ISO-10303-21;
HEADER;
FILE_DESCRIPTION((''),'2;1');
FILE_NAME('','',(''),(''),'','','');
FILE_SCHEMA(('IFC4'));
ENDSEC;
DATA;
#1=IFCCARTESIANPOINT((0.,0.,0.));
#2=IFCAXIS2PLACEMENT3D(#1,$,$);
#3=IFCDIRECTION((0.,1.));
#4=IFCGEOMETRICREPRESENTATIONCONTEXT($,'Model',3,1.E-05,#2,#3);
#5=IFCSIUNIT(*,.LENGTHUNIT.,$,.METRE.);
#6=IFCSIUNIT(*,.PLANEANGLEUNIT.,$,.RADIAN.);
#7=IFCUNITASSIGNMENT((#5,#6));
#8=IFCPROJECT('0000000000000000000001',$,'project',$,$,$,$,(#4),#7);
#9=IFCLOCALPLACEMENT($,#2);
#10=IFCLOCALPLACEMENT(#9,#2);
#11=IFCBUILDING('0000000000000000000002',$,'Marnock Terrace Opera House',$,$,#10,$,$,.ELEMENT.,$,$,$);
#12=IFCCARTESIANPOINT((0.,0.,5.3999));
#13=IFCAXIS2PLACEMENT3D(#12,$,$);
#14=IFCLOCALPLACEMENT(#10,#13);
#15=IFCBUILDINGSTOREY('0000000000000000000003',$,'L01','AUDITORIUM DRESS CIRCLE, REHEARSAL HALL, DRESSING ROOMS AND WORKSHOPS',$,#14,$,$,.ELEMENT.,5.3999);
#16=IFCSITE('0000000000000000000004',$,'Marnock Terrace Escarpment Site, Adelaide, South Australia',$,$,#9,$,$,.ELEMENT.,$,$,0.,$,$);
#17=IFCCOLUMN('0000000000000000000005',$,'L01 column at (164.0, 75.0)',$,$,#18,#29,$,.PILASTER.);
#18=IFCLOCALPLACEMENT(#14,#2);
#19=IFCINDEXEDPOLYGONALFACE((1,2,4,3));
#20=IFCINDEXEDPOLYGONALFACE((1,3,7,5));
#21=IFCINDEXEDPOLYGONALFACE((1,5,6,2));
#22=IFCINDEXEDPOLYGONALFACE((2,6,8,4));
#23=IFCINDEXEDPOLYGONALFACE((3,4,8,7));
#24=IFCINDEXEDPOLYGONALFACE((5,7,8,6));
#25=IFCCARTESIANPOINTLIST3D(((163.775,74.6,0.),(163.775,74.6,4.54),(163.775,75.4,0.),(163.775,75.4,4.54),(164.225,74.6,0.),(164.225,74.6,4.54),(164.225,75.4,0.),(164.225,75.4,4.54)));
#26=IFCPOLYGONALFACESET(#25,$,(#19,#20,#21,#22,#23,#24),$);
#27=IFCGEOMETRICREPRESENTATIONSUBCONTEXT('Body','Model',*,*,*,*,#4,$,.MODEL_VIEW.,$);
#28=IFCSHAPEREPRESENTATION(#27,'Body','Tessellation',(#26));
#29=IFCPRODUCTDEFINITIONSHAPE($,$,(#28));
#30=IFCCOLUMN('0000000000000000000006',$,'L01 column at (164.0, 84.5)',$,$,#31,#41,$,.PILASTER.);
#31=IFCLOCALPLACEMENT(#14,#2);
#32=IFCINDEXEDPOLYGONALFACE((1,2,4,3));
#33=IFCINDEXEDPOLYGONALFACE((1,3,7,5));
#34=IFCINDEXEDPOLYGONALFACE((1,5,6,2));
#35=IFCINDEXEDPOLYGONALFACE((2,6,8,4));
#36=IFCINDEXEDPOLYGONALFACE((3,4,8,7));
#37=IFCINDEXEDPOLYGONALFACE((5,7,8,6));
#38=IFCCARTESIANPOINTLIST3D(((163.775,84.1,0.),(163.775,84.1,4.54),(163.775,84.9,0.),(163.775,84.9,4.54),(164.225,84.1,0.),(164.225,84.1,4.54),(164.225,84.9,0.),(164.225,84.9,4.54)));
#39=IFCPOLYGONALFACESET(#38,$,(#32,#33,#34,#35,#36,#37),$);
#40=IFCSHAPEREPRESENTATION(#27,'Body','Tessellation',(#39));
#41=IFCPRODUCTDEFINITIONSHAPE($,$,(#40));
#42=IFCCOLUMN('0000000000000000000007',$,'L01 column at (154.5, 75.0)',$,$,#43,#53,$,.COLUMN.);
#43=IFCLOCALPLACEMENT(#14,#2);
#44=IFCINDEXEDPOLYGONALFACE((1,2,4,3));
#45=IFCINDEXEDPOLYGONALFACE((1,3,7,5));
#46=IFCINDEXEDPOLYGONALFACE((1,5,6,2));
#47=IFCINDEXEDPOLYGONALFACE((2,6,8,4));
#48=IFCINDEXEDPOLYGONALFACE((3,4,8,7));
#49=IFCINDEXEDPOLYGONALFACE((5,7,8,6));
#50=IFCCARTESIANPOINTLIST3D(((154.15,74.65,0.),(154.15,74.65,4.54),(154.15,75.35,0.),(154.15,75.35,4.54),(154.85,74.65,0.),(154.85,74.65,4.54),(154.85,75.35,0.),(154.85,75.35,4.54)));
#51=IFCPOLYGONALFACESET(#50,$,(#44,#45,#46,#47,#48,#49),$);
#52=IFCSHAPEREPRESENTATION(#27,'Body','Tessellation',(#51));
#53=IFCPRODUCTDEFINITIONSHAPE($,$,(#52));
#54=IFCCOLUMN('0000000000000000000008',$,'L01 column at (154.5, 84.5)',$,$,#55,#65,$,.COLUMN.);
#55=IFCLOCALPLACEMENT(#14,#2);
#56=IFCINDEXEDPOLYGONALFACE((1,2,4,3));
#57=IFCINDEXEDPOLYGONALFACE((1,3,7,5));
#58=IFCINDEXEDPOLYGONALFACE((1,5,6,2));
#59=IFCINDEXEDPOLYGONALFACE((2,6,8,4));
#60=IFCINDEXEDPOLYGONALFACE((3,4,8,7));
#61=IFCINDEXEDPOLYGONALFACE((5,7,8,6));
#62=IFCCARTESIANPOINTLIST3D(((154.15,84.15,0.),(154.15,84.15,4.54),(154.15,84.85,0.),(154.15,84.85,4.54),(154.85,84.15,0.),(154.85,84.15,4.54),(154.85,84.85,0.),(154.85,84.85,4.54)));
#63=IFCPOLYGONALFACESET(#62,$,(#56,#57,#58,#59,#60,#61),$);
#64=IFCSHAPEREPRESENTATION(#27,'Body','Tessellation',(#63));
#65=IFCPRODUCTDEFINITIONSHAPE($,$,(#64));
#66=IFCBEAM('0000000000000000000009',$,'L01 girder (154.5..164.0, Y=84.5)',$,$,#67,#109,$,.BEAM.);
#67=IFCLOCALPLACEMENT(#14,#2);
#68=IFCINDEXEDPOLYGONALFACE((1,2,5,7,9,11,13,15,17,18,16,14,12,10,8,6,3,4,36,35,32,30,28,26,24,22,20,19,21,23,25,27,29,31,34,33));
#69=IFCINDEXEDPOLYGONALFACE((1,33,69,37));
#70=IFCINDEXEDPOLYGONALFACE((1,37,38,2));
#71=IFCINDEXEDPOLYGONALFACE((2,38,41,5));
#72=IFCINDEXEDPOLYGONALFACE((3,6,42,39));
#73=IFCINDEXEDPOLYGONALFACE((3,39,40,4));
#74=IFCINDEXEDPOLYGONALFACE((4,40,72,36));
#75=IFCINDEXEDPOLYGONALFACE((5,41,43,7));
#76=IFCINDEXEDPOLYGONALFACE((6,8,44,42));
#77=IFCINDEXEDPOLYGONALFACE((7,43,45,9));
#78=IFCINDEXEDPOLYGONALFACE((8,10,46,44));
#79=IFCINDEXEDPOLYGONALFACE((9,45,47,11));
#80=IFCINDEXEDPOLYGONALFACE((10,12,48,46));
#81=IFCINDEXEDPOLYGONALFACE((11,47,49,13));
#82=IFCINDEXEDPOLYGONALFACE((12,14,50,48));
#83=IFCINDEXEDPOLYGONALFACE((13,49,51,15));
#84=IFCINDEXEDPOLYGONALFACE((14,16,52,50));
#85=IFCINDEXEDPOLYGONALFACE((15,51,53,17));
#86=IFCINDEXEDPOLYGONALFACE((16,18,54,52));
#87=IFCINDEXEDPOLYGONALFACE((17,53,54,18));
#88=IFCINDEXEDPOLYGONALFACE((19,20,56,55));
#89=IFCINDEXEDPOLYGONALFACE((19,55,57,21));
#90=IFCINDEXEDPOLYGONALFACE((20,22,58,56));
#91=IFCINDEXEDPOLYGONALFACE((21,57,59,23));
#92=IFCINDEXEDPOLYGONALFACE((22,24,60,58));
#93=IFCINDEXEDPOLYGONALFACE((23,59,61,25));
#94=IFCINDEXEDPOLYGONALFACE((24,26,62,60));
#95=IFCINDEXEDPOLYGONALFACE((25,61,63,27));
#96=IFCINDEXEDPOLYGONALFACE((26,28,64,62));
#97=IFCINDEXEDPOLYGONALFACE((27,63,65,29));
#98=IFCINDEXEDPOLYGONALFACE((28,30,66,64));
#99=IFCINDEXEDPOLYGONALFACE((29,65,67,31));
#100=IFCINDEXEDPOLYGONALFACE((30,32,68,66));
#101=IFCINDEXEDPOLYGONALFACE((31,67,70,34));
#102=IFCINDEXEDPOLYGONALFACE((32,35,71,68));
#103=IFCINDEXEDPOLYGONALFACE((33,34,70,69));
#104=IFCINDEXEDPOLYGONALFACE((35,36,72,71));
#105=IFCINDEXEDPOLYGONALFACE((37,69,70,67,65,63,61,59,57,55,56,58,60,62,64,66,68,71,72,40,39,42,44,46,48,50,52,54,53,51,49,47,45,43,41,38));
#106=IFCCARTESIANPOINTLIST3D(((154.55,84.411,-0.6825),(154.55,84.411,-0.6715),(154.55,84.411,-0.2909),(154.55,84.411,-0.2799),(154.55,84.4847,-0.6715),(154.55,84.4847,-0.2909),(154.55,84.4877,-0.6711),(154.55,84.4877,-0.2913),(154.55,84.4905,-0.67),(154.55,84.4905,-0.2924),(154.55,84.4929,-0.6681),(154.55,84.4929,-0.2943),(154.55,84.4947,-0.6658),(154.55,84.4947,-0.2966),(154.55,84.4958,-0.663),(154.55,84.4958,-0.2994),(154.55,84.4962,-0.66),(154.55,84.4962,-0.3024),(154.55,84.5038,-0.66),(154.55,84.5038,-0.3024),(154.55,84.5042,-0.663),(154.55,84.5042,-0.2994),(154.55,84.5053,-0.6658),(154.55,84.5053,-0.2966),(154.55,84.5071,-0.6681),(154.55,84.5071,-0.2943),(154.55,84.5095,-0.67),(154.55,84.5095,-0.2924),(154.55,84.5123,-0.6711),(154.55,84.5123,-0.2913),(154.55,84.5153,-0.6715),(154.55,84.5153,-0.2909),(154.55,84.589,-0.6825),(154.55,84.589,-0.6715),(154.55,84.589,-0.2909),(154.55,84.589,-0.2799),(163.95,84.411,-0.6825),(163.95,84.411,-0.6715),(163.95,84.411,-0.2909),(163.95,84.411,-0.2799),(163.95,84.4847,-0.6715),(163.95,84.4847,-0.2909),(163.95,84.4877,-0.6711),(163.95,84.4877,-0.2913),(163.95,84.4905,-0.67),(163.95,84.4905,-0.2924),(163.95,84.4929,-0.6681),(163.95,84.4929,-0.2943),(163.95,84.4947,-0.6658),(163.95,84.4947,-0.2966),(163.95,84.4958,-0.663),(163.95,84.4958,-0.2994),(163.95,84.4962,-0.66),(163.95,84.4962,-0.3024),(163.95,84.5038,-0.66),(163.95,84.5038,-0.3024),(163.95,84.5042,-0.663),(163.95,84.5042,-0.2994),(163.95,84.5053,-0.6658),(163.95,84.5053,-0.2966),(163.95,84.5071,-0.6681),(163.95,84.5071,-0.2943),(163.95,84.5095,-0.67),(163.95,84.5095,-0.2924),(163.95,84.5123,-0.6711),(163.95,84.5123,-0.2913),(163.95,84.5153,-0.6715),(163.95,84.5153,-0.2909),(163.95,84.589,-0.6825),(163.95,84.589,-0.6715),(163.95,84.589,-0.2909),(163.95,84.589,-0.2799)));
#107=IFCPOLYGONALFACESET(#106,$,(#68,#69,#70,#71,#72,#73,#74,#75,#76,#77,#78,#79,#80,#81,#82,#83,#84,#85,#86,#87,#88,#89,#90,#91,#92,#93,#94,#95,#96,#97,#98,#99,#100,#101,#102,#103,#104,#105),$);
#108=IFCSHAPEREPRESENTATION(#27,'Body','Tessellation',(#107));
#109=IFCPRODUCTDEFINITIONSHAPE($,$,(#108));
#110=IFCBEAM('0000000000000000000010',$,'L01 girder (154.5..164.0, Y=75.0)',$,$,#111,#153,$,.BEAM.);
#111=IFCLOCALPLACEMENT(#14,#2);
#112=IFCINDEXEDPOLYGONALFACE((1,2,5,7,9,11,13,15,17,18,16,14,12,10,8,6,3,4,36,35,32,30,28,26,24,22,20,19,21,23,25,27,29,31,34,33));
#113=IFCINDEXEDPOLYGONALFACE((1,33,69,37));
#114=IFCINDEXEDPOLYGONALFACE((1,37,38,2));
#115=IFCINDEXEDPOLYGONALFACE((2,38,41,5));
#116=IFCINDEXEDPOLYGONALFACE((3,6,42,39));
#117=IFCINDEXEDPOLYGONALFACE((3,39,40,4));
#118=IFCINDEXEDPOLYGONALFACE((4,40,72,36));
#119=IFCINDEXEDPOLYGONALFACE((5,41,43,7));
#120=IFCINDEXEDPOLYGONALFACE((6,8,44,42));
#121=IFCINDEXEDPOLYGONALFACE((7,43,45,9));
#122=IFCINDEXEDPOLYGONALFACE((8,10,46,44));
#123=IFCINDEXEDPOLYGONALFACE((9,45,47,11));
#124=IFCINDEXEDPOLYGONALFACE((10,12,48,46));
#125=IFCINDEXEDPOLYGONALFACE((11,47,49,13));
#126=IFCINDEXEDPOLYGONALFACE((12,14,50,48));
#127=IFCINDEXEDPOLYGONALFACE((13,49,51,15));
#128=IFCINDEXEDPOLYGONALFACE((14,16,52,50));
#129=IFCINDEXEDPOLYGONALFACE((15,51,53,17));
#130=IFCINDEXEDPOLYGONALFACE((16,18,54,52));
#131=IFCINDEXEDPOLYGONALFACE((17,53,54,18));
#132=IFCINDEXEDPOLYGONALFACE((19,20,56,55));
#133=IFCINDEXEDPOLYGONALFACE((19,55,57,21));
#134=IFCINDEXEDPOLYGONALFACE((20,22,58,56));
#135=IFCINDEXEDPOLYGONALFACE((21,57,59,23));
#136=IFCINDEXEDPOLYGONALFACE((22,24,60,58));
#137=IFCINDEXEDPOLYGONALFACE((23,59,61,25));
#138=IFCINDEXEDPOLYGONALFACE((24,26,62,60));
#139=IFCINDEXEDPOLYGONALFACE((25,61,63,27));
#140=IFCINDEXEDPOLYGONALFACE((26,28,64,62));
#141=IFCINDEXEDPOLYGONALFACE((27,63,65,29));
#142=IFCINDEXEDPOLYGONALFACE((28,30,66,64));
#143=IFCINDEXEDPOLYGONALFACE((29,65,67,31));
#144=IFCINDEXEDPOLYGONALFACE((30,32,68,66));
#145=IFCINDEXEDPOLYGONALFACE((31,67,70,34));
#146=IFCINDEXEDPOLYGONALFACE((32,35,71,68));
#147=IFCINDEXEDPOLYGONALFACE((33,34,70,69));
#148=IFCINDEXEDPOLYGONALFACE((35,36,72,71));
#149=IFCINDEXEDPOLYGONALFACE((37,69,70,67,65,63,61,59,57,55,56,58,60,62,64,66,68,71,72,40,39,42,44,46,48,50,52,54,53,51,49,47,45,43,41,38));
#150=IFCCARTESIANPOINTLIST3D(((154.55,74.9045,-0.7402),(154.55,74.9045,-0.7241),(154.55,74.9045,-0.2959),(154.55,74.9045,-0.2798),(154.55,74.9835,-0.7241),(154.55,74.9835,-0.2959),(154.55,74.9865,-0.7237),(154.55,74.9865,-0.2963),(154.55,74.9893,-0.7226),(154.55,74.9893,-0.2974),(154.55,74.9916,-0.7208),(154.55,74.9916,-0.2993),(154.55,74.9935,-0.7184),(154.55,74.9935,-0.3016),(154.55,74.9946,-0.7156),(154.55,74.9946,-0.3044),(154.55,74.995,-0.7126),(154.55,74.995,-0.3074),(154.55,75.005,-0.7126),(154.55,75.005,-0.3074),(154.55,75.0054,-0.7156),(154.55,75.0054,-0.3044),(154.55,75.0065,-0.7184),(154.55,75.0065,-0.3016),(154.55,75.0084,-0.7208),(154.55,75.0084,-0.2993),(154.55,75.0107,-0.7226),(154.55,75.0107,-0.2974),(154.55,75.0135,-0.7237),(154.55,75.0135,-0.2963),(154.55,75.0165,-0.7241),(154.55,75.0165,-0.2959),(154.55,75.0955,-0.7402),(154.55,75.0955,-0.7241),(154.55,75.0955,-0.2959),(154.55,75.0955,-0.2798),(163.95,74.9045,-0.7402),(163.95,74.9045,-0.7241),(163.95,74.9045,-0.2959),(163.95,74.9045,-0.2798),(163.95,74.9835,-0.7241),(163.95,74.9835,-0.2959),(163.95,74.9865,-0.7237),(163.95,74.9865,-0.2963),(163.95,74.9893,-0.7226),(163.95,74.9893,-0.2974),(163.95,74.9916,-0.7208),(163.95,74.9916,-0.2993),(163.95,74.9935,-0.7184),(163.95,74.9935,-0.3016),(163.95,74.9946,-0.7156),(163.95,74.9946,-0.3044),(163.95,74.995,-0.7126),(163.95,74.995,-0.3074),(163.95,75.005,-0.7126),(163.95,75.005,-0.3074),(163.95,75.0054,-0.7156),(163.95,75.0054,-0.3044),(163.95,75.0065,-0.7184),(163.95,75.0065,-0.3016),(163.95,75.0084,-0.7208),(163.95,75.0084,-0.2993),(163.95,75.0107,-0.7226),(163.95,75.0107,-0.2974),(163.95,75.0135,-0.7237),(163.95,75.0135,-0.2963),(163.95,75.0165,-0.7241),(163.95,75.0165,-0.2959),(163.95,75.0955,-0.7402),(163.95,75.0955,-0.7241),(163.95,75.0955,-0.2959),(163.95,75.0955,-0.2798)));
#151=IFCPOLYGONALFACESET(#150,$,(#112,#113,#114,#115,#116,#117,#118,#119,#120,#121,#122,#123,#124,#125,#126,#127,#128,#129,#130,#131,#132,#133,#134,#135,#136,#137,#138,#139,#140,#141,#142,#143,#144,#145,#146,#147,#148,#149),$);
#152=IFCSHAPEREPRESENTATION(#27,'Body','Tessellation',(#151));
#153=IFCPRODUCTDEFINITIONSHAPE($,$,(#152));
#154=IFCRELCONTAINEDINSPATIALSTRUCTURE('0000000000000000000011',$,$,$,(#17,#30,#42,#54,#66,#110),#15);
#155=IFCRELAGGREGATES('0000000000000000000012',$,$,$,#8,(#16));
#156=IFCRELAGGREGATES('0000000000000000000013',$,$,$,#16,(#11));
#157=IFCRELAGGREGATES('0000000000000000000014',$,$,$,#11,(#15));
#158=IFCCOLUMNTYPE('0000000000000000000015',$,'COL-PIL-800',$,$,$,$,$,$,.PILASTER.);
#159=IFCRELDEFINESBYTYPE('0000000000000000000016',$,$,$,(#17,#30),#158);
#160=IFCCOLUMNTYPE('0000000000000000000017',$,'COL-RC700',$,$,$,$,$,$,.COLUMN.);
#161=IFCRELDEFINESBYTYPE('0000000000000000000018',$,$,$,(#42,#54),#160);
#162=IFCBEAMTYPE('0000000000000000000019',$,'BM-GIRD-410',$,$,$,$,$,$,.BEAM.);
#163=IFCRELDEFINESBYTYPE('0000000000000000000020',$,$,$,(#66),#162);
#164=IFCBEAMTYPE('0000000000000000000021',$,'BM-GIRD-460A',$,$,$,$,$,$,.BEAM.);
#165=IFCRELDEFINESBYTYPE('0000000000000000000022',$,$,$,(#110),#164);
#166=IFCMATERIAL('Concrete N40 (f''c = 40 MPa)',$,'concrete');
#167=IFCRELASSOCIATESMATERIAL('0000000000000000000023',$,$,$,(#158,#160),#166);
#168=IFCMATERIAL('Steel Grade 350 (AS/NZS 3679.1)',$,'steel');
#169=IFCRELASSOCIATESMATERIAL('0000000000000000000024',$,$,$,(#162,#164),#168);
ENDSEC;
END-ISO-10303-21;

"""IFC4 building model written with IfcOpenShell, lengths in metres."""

from ifc_helpers import new_model, si_unit, direction, frame, origin, origin_2d, place, context, subcontext, project, spatial, rectangle, i_section, extrude, material, material_profile, profile_set, type_object, element, save


model = new_model("IFC4")

# Units and contexts
model_context = context("Model", 3, precision=1e-05, world=origin(), true_north=direction((0.0, 1.0)))
body_context = subcontext(model_context, "Body", "Model", "MODEL_VIEW")
ifc_project = project(units=[si_unit("LENGTHUNIT", "METRE"), si_unit("PLANEANGLEUNIT", "RADIAN")], contexts=[model_context])

# Site, building, storey
site_placement = place(None, origin())
site = spatial("IfcSite", under=ifc_project, at=site_placement, Name="Marnock Terrace Escarpment Site, Adelaide, South Australia", CompositionType="ELEMENT", RefElevation=0.0)
building_placement = place(site_placement, origin())
building = spatial("IfcBuilding", under=site, at=building_placement, Name="Marnock Terrace Opera House", CompositionType="ELEMENT")
storey_placement = place(building_placement, frame((0.0, 0.0, 5.3999)))
storey = spatial("IfcBuildingStorey", under=building, at=storey_placement, Name="L01", Description="AUDITORIUM DRESS CIRCLE, REHEARSAL HALL, DRESSING ROOMS AND WORKSHOPS", CompositionType="ELEMENT", Elevation=5.3999)

# Columns
ifc_material_1 = material(Name="Concrete N40 (f'c = 40 MPa)", Category="concrete")
ifc_material_profile_1 = material_profile(ifc_material_1, rectangle(XDim=0.45, YDim=0.8, at=origin_2d()))
ifc_profile_set_1 = profile_set([ifc_material_profile_1], Name="Concrete N40 (f'c = 40 MPa)")
column_type_1 = type_object("IfcColumnType", Name="COL-PIL-800", PredefinedType="PILASTER", material=ifc_profile_set_1)
for number, where, z_axis, x_axis, name in (
    (1, (164.0, 75.0, 0.0), (0.0, 0.0, 1.0), (1.0, 0.0, 0.0), "L01 column at (164.0, 75.0)"),
    (2, (164.0, 84.5, 0.0), (0.0, 0.0, 1.0), (1.0, 0.0, 0.0), "L01 column at (164.0, 84.5)"),
):
    element("IfcColumn", number, at=place(storey_placement, frame(where, z_axis=z_axis, x_axis=x_axis)), inside=storey, type_object=column_type_1, Name=name, PredefinedType="PILASTER", context=body_context, shape_type="SweptSolid", body=[
        extrude(rectangle(XDim=0.45, YDim=0.8, at=origin_2d()), origin(), (0.0, 0.0, 1.0), 4.54),
    ])
ifc_material_profile_2 = material_profile(ifc_material_1, rectangle(XDim=0.7, YDim=0.7, at=origin_2d()))
ifc_profile_set_2 = profile_set([ifc_material_profile_2], Name="Concrete N40 (f'c = 40 MPa)")
column_type_2 = type_object("IfcColumnType", Name="COL-RC700", PredefinedType="COLUMN", material=ifc_profile_set_2)
for number, where, z_axis, x_axis, name in (
    (3, (154.5, 75.0, 0.0), (0.0, 0.0, 1.0), (1.0, 0.0, 0.0), "L01 column at (154.5, 75.0)"),
    (4, (154.5, 84.5, 0.0), (0.0, 0.0, 1.0), (1.0, 0.0, 0.0), "L01 column at (154.5, 84.5)"),
):
    element("IfcColumn", number, at=place(storey_placement, frame(where, z_axis=z_axis, x_axis=x_axis)), inside=storey, type_object=column_type_2, Name=name, PredefinedType="COLUMN", context=body_context, shape_type="SweptSolid", body=[
        extrude(rectangle(XDim=0.7, YDim=0.7, at=origin_2d()), origin(), (0.0, 0.0, 1.0), 4.54),
    ])

# Beams
ifc_material_2 = material(Name="Steel Grade 350 (AS/NZS 3679.1)", Category="steel")
ifc_material_profile_3 = material_profile(ifc_material_2, i_section(OverallWidth=0.178, OverallDepth=0.4026, WebThickness=0.0076, FlangeThickness=0.011, FilletRadius=0.0115, at=origin_2d()))
ifc_profile_set_3 = profile_set([ifc_material_profile_3], Name="Steel Grade 350 (AS/NZS 3679.1)")
beam_type_1 = type_object("IfcBeamType", Name="BM-GIRD-410", PredefinedType="BEAM", material=ifc_profile_set_3)
beam_1_placement = place(storey_placement, frame((154.55, 84.5, -0.4812), z_axis=(1.0, 0.0, 0.0), x_axis=(0.0, 1.0, 0.0)))
element("IfcBeam", 5, at=beam_1_placement, inside=storey, type_object=beam_type_1, Name="L01 girder (154.5..164.0, Y=84.5)", PredefinedType="BEAM", context=body_context, shape_type="SweptSolid", body=[
    extrude(i_section(OverallWidth=0.178, OverallDepth=0.4026, WebThickness=0.0076, FlangeThickness=0.011, FilletRadius=0.0115, at=origin_2d()), origin(), (0.0, 0.0, 1.0), 9.3999),
])
ifc_material_profile_4 = material_profile(ifc_material_2, i_section(OverallWidth=0.1909, OverallDepth=0.4604, WebThickness=0.01, FlangeThickness=0.0161, FilletRadius=0.0115, at=origin_2d()))
ifc_profile_set_4 = profile_set([ifc_material_profile_4], Name="Steel Grade 350 (AS/NZS 3679.1)")
beam_type_2 = type_object("IfcBeamType", Name="BM-GIRD-460A", PredefinedType="BEAM", material=ifc_profile_set_4)
beam_2_placement = place(storey_placement, frame((154.55, 75.0, -0.51), z_axis=(1.0, 0.0, 0.0), x_axis=(0.0, 1.0, 0.0)))
element("IfcBeam", 6, at=beam_2_placement, inside=storey, type_object=beam_type_2, Name="L01 girder (154.5..164.0, Y=75.0)", PredefinedType="BEAM", context=body_context, shape_type="SweptSolid", body=[
    extrude(i_section(OverallWidth=0.1909, OverallDepth=0.4604, WebThickness=0.01, FlangeThickness=0.0161, FilletRadius=0.0115, at=origin_2d()), origin(), (0.0, 0.0, 1.0), 9.3999),
])

save(model, "model.ifc")
